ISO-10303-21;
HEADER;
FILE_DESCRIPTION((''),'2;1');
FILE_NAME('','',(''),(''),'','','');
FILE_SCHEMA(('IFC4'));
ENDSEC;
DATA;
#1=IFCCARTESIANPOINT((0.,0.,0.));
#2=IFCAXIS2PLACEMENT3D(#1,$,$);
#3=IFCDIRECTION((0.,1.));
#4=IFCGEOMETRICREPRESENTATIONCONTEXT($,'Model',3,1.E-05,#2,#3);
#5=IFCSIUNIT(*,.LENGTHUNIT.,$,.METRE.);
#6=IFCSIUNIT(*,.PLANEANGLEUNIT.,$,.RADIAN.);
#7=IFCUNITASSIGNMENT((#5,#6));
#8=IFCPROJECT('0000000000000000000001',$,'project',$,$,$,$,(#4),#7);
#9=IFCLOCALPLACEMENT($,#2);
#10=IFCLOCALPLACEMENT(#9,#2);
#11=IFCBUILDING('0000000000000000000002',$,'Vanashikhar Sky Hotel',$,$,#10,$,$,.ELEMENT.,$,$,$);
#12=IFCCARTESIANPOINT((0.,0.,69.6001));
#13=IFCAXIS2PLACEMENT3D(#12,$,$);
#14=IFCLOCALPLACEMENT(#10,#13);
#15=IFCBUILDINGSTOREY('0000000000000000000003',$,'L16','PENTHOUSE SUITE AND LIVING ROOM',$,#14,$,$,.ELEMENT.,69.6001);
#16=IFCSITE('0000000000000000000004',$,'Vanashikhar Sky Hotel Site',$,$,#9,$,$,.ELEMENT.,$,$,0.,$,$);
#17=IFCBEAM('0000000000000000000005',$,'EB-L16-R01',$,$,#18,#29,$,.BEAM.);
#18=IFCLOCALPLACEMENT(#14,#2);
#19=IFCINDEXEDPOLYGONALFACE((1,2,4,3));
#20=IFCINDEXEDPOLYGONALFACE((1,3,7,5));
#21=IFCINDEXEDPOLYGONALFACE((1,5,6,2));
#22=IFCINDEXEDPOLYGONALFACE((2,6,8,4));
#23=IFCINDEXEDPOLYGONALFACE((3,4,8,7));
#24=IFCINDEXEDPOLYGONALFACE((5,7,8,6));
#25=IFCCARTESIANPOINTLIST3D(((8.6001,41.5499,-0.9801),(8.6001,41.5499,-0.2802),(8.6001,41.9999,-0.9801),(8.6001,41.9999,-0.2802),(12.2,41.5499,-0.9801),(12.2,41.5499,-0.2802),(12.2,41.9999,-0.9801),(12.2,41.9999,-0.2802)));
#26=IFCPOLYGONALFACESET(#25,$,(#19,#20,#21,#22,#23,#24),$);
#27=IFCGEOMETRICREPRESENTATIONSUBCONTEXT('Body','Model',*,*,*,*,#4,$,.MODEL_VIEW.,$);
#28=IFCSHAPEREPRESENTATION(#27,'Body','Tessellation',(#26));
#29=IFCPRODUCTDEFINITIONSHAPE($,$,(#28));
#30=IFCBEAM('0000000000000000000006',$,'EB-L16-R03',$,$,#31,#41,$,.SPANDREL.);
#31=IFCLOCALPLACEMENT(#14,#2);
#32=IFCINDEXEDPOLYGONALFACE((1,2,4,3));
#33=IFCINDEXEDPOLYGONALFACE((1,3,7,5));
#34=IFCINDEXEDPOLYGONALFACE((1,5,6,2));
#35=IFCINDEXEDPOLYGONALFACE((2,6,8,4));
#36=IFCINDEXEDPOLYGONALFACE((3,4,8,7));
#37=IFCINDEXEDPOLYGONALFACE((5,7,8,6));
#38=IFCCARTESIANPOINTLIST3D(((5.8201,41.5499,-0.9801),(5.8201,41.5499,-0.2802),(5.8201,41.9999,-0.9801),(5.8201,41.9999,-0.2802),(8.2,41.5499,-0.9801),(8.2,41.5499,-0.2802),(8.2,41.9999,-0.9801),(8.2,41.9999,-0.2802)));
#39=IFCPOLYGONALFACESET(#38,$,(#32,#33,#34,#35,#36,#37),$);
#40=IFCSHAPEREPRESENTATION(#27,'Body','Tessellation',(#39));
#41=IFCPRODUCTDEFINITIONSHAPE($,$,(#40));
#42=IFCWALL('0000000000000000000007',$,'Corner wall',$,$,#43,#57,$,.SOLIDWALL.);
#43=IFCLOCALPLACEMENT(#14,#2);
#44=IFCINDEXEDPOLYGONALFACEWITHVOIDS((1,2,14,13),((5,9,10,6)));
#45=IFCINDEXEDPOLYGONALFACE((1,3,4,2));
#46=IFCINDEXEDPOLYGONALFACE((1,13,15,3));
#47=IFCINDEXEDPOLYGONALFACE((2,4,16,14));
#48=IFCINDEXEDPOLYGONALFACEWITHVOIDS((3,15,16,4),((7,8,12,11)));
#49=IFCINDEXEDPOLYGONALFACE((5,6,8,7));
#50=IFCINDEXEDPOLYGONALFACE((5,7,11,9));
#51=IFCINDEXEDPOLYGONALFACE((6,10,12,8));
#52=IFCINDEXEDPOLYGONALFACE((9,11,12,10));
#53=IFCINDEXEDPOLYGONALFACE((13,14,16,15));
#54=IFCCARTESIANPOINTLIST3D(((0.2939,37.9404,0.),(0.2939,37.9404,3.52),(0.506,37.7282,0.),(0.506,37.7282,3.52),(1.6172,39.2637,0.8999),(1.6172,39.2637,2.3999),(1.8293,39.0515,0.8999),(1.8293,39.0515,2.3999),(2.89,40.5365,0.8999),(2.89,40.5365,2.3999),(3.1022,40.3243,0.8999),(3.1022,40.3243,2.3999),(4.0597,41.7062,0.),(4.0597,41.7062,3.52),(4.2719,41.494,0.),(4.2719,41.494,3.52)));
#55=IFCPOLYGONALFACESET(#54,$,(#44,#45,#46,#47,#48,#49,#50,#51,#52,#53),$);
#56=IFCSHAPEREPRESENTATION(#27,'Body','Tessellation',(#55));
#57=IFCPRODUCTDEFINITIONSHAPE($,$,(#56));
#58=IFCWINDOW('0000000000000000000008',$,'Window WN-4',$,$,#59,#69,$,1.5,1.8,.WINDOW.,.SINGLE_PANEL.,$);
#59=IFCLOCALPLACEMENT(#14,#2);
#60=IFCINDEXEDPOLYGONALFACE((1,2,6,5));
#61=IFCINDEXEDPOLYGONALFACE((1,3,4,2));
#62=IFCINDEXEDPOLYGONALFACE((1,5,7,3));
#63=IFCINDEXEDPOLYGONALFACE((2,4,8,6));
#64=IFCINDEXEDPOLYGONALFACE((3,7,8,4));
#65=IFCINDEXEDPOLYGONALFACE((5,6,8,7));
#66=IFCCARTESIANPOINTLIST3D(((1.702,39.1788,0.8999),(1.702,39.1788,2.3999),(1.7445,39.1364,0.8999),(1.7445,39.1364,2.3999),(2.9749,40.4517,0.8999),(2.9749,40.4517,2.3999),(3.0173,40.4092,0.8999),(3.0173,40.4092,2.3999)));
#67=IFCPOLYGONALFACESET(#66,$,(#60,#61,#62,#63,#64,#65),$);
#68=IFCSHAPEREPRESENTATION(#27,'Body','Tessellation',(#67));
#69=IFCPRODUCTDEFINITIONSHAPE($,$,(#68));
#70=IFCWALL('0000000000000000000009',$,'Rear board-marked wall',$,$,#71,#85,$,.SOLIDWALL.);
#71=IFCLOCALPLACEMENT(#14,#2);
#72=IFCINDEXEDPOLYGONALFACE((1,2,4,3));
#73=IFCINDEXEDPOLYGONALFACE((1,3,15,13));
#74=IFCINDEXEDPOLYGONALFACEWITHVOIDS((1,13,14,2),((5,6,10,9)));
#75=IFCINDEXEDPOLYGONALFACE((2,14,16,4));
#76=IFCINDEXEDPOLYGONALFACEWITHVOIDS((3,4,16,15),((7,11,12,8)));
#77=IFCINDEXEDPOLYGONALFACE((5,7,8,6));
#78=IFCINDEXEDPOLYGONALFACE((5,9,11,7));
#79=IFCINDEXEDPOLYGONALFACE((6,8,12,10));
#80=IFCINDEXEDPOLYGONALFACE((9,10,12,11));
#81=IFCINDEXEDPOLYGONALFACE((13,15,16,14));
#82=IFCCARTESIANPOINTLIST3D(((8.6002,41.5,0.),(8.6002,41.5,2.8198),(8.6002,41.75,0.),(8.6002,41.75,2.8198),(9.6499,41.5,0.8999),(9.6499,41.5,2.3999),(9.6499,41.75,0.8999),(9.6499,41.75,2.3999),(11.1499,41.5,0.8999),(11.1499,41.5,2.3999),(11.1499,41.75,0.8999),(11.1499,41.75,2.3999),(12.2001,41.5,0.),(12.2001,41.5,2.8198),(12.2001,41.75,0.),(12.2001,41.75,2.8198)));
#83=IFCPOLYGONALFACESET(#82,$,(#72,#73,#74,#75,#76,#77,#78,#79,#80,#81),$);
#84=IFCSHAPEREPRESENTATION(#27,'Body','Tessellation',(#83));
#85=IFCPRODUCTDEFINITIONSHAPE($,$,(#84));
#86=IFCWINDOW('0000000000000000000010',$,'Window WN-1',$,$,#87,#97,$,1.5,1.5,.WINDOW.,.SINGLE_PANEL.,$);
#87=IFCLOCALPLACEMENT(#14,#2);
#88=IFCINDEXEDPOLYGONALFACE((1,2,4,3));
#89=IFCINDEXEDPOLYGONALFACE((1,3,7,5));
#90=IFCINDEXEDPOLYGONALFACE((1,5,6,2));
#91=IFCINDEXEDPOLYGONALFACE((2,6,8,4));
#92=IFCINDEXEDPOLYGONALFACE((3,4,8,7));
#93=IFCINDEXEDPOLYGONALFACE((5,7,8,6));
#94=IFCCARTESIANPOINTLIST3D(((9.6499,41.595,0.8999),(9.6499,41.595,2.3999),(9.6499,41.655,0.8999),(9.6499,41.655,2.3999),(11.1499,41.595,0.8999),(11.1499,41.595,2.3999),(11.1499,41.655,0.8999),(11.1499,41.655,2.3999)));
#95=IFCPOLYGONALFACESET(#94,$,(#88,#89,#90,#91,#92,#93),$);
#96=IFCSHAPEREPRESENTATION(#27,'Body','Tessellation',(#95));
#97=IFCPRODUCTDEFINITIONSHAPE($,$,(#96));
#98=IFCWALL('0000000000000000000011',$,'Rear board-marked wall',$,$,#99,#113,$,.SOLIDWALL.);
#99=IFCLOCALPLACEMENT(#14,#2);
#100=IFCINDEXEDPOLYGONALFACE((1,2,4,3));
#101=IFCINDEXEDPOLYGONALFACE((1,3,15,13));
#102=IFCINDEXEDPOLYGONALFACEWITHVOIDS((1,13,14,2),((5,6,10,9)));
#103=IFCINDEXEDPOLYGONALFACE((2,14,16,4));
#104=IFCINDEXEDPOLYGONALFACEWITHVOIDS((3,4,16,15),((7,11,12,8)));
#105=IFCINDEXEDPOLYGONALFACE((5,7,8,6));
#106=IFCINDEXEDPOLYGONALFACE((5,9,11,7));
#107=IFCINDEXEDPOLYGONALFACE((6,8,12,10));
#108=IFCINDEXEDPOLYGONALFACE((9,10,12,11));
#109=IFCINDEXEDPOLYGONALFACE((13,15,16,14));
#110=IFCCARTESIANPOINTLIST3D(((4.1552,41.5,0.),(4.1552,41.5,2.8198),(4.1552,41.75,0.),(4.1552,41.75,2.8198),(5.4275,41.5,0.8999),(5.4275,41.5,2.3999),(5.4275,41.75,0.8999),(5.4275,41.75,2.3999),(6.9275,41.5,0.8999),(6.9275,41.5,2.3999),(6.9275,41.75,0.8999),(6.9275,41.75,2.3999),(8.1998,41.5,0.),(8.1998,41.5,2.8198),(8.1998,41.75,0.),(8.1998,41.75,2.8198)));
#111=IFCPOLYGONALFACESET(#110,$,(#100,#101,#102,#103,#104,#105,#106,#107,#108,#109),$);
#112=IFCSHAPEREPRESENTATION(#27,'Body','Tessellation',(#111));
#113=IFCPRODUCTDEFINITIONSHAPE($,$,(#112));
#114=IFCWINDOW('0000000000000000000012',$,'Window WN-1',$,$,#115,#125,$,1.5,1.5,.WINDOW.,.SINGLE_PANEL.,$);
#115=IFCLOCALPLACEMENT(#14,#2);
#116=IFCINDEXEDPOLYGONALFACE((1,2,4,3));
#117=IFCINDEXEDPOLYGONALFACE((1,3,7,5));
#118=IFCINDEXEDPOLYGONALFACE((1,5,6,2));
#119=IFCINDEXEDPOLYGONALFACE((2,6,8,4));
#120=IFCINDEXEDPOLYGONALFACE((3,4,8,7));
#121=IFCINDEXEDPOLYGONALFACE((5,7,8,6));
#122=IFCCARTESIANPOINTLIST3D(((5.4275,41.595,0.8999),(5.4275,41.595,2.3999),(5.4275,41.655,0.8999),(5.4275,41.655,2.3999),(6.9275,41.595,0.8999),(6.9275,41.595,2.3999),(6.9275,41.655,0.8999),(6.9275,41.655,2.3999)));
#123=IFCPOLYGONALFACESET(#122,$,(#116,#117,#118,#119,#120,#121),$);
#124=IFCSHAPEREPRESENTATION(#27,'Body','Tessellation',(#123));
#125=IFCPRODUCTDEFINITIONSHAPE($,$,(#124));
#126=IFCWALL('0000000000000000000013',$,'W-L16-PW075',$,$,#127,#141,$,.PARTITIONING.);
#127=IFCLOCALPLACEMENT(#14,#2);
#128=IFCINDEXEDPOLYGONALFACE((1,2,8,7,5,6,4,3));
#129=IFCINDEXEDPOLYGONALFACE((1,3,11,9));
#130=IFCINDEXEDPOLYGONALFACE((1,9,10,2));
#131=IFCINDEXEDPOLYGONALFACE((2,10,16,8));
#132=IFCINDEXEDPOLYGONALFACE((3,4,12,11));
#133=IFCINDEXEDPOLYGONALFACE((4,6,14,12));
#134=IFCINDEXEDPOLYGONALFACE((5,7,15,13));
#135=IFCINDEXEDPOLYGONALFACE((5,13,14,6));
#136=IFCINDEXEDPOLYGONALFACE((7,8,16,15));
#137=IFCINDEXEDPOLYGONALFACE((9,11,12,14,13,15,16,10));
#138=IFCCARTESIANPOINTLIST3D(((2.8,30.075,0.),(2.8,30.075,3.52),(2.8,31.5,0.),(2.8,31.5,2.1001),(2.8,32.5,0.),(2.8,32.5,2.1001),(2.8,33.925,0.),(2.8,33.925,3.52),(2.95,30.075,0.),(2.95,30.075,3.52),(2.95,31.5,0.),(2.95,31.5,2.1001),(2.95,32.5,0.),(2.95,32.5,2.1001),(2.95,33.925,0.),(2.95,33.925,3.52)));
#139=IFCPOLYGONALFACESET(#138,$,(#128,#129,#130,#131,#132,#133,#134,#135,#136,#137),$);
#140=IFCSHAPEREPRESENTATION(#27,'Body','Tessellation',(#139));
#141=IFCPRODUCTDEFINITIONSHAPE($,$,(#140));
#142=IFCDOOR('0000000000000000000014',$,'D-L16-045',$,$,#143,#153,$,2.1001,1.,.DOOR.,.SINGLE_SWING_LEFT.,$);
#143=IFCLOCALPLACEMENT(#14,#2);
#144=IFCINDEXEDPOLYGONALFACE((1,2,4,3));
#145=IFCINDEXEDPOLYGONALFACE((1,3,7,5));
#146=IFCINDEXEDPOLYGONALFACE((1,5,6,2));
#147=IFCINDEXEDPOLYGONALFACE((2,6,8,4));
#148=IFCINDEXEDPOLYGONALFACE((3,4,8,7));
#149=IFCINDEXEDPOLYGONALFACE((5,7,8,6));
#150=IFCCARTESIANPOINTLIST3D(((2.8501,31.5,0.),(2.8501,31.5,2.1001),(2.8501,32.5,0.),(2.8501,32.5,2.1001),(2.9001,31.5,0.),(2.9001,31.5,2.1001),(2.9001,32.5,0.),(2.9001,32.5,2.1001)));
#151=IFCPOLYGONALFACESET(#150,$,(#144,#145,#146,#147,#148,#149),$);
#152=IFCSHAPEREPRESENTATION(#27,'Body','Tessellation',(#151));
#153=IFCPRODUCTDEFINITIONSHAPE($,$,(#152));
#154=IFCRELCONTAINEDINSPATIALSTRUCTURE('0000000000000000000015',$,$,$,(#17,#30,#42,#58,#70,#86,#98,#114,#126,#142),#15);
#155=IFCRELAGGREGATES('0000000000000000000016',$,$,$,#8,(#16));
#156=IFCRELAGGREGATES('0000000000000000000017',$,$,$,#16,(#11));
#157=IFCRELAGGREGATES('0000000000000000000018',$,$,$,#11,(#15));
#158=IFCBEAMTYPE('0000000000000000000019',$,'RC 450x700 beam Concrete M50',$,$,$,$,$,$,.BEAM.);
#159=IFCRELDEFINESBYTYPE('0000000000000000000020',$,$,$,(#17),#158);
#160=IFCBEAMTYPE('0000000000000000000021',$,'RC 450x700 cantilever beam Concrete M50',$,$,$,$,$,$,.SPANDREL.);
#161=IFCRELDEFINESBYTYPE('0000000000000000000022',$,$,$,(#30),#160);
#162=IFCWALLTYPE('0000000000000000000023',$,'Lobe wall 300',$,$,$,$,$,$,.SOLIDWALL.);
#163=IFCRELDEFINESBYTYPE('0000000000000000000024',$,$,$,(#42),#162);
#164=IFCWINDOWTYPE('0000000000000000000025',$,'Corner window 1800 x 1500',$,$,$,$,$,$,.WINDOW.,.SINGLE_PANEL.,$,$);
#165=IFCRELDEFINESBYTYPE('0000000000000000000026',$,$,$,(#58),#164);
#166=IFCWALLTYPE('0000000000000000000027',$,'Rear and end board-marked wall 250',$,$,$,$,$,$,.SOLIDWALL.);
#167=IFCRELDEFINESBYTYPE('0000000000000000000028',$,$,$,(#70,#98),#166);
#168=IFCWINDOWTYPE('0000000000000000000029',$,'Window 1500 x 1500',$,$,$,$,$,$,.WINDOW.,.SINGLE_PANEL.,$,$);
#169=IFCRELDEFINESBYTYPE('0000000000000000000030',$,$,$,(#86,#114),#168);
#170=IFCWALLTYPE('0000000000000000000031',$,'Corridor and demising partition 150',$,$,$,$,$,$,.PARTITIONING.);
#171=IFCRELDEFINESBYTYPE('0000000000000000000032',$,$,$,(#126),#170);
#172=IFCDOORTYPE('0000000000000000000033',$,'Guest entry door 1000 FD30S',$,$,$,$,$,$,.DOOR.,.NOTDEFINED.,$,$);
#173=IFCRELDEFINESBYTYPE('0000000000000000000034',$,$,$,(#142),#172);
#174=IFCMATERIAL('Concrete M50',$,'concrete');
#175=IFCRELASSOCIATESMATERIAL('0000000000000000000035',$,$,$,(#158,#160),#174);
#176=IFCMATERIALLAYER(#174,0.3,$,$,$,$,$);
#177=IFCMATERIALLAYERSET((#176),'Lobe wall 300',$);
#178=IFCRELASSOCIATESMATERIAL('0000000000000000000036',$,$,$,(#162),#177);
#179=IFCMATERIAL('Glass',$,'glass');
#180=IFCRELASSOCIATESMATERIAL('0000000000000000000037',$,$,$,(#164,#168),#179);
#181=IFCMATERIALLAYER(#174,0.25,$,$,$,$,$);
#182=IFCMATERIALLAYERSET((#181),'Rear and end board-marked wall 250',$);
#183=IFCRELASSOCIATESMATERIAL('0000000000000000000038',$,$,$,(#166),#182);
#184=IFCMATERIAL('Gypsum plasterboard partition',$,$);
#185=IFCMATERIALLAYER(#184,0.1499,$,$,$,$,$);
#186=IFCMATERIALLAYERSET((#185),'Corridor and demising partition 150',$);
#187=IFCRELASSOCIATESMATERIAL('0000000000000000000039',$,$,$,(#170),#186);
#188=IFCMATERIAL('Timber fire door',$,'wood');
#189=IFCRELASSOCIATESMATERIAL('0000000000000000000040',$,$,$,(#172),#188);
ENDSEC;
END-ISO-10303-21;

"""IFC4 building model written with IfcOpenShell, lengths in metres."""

from ifc_helpers import new_model, si_unit, direction, frame, frame_2d, origin, origin_2d, place, context, subcontext, project, spatial, rectangle, extrude, source, transform, mapped, material, layer, layer_set, material_profile, profile_set, type_object, element, fill, save


model = new_model("IFC4")

# Units and contexts
model_context = context("Model", 3, precision=1e-05, world=origin(), true_north=direction((0.0, 1.0)))
body_context = subcontext(model_context, "Body", "Model", "MODEL_VIEW")
ifc_project = project(units=[si_unit("LENGTHUNIT", "METRE"), si_unit("PLANEANGLEUNIT", "RADIAN")], contexts=[model_context])

# Site, building, storey
site_placement = place(None, origin())
site = spatial("IfcSite", under=ifc_project, at=site_placement, Name="Vanashikhar Sky Hotel Site", CompositionType="ELEMENT", RefElevation=0.0)
building_placement = place(site_placement, origin())
building = spatial("IfcBuilding", under=site, at=building_placement, Name="Vanashikhar Sky Hotel", CompositionType="ELEMENT")
storey_placement = place(building_placement, frame((0.0, 0.0, 69.6001)))
storey = spatial("IfcBuildingStorey", under=building, at=storey_placement, Name="L16", Description="PENTHOUSE SUITE AND LIVING ROOM", CompositionType="ELEMENT", Elevation=69.6001)

# Beams
ifc_material_1 = material(Name="Concrete M50", Category="concrete")
ifc_material_profile_1 = material_profile(ifc_material_1, rectangle(XDim=0.45, YDim=0.7, at=origin_2d()))
ifc_profile_set_1 = profile_set([ifc_material_profile_1], Name="RC 450x700 beam Concrete M50")
beam_type_1 = type_object("IfcBeamType", Name="RC 450x700 beam Concrete M50", PredefinedType="BEAM", material=ifc_profile_set_1)
shared_shape_1 = source(origin(), body_context, "Body", "SweptSolid", [
    extrude(rectangle(XDim=0.45, YDim=0.7, at=origin_2d()), origin(), (0.0, 0.0, 1.0), 3.5999),
])
beam_1_placement = place(storey_placement, frame((8.6001, 41.7749, -0.6301), z_axis=(1.0, 0.0, 0.0), x_axis=(0.0, 1.0, 0.0)))
element("IfcBeam", 1, at=beam_1_placement, inside=storey, type_object=beam_type_1, Name="EB-L16-R01", PredefinedType="BEAM", context=body_context, shape_type="MappedRepresentation", body=[
    mapped(shared_shape_1, transform((0.0, 0.0, 0.0), scale=1.0)),
])
ifc_material_profile_2 = material_profile(ifc_material_1, rectangle(XDim=0.45, YDim=0.7, at=origin_2d()))
ifc_profile_set_2 = profile_set([ifc_material_profile_2], Name="RC 450x700 cantilever beam Concrete M50")
beam_type_2 = type_object("IfcBeamType", Name="RC 450x700 cantilever beam Concrete M50", PredefinedType="SPANDREL", material=ifc_profile_set_2)
shared_shape_2 = source(origin(), body_context, "Body", "SweptSolid", [
    extrude(rectangle(XDim=0.45, YDim=0.7, at=origin_2d()), origin(), (0.0, 0.0, 1.0), 2.3799),
])
beam_2_placement = place(storey_placement, frame((5.8201, 41.7749, -0.6301), z_axis=(1.0, 0.0, 0.0), x_axis=(0.0, 1.0, 0.0)))
element("IfcBeam", 2, at=beam_2_placement, inside=storey, type_object=beam_type_2, Name="EB-L16-R03", PredefinedType="SPANDREL", context=body_context, shape_type="MappedRepresentation", body=[
    mapped(shared_shape_2, transform((0.0, 0.0, 0.0), scale=1.0)),
])

# Walls, openings, windows
ifc_layer_1 = layer(ifc_material_1, 0.3)
ifc_layer_set_1 = layer_set([ifc_layer_1], Name="Lobe wall 300")
wall_type_1 = type_object("IfcWallType", Name="Lobe wall 300", PredefinedType="SOLIDWALL", material=ifc_layer_set_1)
shared_shape_3 = source(origin(), body_context, "Body", "SweptSolid", [
    extrude(rectangle(XDim=5.3257, YDim=0.3, at=frame_2d((2.6628, 0.0))), origin(), (0.0, 0.0, 1.0), 3.52),
])
wall_1_placement = place(storey_placement, frame((4.1658, 41.6001, 0.0), z_axis=(0.0, 0.0, 1.0), x_axis=(-0.707107, -0.707107, 0.0)))
wall_1 = element("IfcWall", 3, at=wall_1_placement, inside=storey, type_object=wall_type_1, Name="Corner wall", PredefinedType="SOLIDWALL", context=body_context, shape_type="MappedRepresentation", body=[
    mapped(shared_shape_3, transform((0.0, 0.0, 0.0), scale=1.0)),
])
shared_shape_4 = source(origin(), body_context, "Body", "SweptSolid", [
    extrude(rectangle(XDim=1.8, YDim=1.5, at=frame_2d((0.8999, 0.75))), frame((0.0, 0.1602, 0.0), z_axis=(0.0, -1.0, 0.0), x_axis=(1.0, 0.0, 0.0)), (0.0, 0.0, 1.0), 0.3201),
])
opening_1_placement = place(wall_1_placement, frame((1.6543, 0.0, 0.8999)))
opening_1 = element("IfcOpeningElement", 4, at=opening_1_placement, cuts=wall_1, PredefinedType="OPENING", context=body_context, shape_type="MappedRepresentation", body=[
    mapped(shared_shape_4, transform((0.0, 0.0, 0.0), scale=1.0)),
])
ifc_material_2 = material(Name="Glass", Category="glass")
window_type_1 = type_object("IfcWindowType", Name="Corner window 1800 x 1500", PartitioningType="SINGLE_PANEL", PredefinedType="WINDOW", material=ifc_material_2)
shared_shape_5 = source(origin(), body_context, "Body", "SweptSolid", [
    extrude(rectangle(XDim=1.8, YDim=1.5, at=frame_2d((0.8999, 0.75))), frame((0.0, 0.03, 0.0), z_axis=(0.0, -1.0, 0.0), x_axis=(1.0, 0.0, 0.0)), (0.0, 0.0, 1.0), 0.0601),
])
window_1_placement = place(opening_1_placement, origin())
window_1 = element("IfcWindow", 5, at=window_1_placement, inside=storey, type_object=window_type_1, Name="Window WN-4", OverallHeight=1.5, OverallWidth=1.8, PartitioningType="SINGLE_PANEL", PredefinedType="WINDOW", context=body_context, shape_type="MappedRepresentation", body=[
    mapped(shared_shape_5, transform((0.0, 0.0, 0.0), scale=1.0)),
])
fill(opening_1, window_1)
ifc_layer_2 = layer(ifc_material_1, 0.25)
ifc_layer_set_2 = layer_set([ifc_layer_2], Name="Rear and end board-marked wall 250")
wall_type_2 = type_object("IfcWallType", Name="Rear and end board-marked wall 250", PredefinedType="SOLIDWALL", material=ifc_layer_set_2)
shared_shape_6 = source(origin(), body_context, "Body", "SweptSolid", [
    extrude(rectangle(XDim=3.5999, YDim=0.25, at=frame_2d((1.7998, 0.0))), origin(), (0.0, 0.0, 1.0), 2.8198),
])
wall_2_placement = place(storey_placement, frame((12.2, 41.625, 0.0), z_axis=(0.0, 0.0, 1.0), x_axis=(-1.0, 0.0, 0.0)))
wall_2 = element("IfcWall", 6, at=wall_2_placement, inside=storey, type_object=wall_type_2, Name="Rear board-marked wall", PredefinedType="SOLIDWALL", context=body_context, shape_type="MappedRepresentation", body=[
    mapped(shared_shape_6, transform((0.0, 0.0, 0.0), scale=1.0)),
])
shared_shape_7 = source(origin(), body_context, "Body", "SweptSolid", [
    extrude(rectangle(XDim=1.5, YDim=1.5, at=frame_2d((0.75, 0.75))), frame((0.0, 0.135, 0.0), z_axis=(0.0, -1.0, 0.0), x_axis=(1.0, 0.0, 0.0)), (0.0, 0.0, 1.0), 0.27),
])
opening_2_placement = place(wall_2_placement, frame((1.05, 0.0, 0.8999)))
opening_2 = element("IfcOpeningElement", 7, at=opening_2_placement, cuts=wall_2, PredefinedType="OPENING", context=body_context, shape_type="MappedRepresentation", body=[
    mapped(shared_shape_7, transform((0.0, 0.0, 0.0), scale=1.0)),
])
window_type_2 = type_object("IfcWindowType", Name="Window 1500 x 1500", PartitioningType="SINGLE_PANEL", PredefinedType="WINDOW", material=ifc_material_2)
shared_shape_8 = source(origin(), body_context, "Body", "SweptSolid", [
    extrude(rectangle(XDim=1.5, YDim=1.5, at=frame_2d((0.75, 0.75))), frame((0.0, 0.03, 0.0), z_axis=(0.0, -1.0, 0.0), x_axis=(1.0, 0.0, 0.0)), (0.0, 0.0, 1.0), 0.0601),
])
window_2_placement = place(opening_2_placement, origin())
window_2 = element("IfcWindow", 8, at=window_2_placement, inside=storey, type_object=window_type_2, Name="Window WN-1", OverallHeight=1.5, OverallWidth=1.5, PartitioningType="SINGLE_PANEL", PredefinedType="WINDOW", context=body_context, shape_type="MappedRepresentation", body=[
    mapped(shared_shape_8, transform((0.0, 0.0, 0.0), scale=1.0)),
])
fill(opening_2, window_2)
shared_shape_9 = source(origin(), body_context, "Body", "SweptSolid", [
    extrude(rectangle(XDim=4.0447, YDim=0.25, at=frame_2d((2.0225, 0.0))), origin(), (0.0, 0.0, 1.0), 2.8198),
])
wall_3_placement = place(storey_placement, frame((8.2, 41.625, 0.0), z_axis=(0.0, 0.0, 1.0), x_axis=(-1.0, 0.0, 0.0)))
wall_3 = element("IfcWall", 9, at=wall_3_placement, inside=storey, type_object=wall_type_2, Name="Rear board-marked wall", PredefinedType="SOLIDWALL", context=body_context, shape_type="MappedRepresentation", body=[
    mapped(shared_shape_9, transform((0.0, 0.0, 0.0), scale=1.0)),
])
opening_3_placement = place(wall_3_placement, frame((1.2725, 0.0, 0.8999)))
opening_3 = element("IfcOpeningElement", 10, at=opening_3_placement, cuts=wall_3, PredefinedType="OPENING", context=body_context, shape_type="MappedRepresentation", body=[
    mapped(shared_shape_7, transform((0.0, 0.0, 0.0), scale=1.0)),
])
window_3_placement = place(opening_3_placement, origin())
window_3 = element("IfcWindow", 11, at=window_3_placement, inside=storey, type_object=window_type_2, Name="Window WN-1", OverallHeight=1.5, OverallWidth=1.5, PartitioningType="SINGLE_PANEL", PredefinedType="WINDOW", context=body_context, shape_type="MappedRepresentation", body=[
    mapped(shared_shape_8, transform((0.0, 0.0, 0.0), scale=1.0)),
])
fill(opening_3, window_3)

# Wall, opening, door
ifc_material_3 = material(Name="Gypsum plasterboard partition")
ifc_layer_3 = layer(ifc_material_3, 0.1499)
ifc_layer_set_3 = layer_set([ifc_layer_3], Name="Corridor and demising partition 150")
wall_type_3 = type_object("IfcWallType", Name="Corridor and demising partition 150", PredefinedType="PARTITIONING", material=ifc_layer_set_3)
shared_shape_10 = source(origin(), body_context, "Body", "SweptSolid", [
    extrude(rectangle(XDim=3.8501, YDim=0.1499, at=frame_2d((1.925, 0.0))), origin(), (0.0, 0.0, 1.0), 3.52),
])
wall_4_placement = place(storey_placement, frame((2.875, 30.075, 0.0), z_axis=(0.0, 0.0, 1.0), x_axis=(0.0, 1.0, 0.0)))
wall_4 = element("IfcWall", 12, at=wall_4_placement, inside=storey, type_object=wall_type_3, Name="W-L16-PW075", PredefinedType="PARTITIONING", context=body_context, shape_type="MappedRepresentation", body=[
    mapped(shared_shape_10, transform((0.0, 0.0, 0.0), scale=1.0)),
])
shared_shape_11 = source(origin(), body_context, "Body", "SweptSolid", [
    extrude(rectangle(XDim=1.0, YDim=2.1001, at=frame_2d((0.5, 1.05))), frame((0.0, 0.085, 0.0), z_axis=(0.0, -1.0, 0.0), x_axis=(1.0, 0.0, 0.0)), (0.0, 0.0, 1.0), 0.1699),
])
opening_4_placement = place(wall_4_placement, frame((1.425, 0.0, 0.0)))
opening_4 = element("IfcOpeningElement", 13, at=opening_4_placement, cuts=wall_4, PredefinedType="OPENING", context=body_context, shape_type="MappedRepresentation", body=[
    mapped(shared_shape_11, transform((0.0, 0.0, 0.0), scale=1.0)),
])
ifc_material_4 = material(Name="Timber fire door", Category="wood")
door_type_1 = type_object("IfcDoorType", Name="Guest entry door 1000 FD30S", OperationType="NOTDEFINED", PredefinedType="DOOR", material=ifc_material_4)
shared_shape_12 = source(origin(), body_context, "Body", "SweptSolid", [
    extrude(rectangle(XDim=1.0, YDim=2.1001, at=frame_2d((0.5, 1.05))), frame((0.0, 0.0249, 0.0), z_axis=(0.0, -1.0, 0.0), x_axis=(1.0, 0.0, 0.0)), (0.0, 0.0, 1.0), 0.05),
])
door_1_placement = place(opening_4_placement, origin())
door_1 = element("IfcDoor", 14, at=door_1_placement, inside=storey, type_object=door_type_1, Name="D-L16-045", OperationType="SINGLE_SWING_LEFT", OverallHeight=2.1001, OverallWidth=1.0, PredefinedType="DOOR", context=body_context, shape_type="MappedRepresentation", body=[
    mapped(shared_shape_12, transform((0.0, 0.0, 0.0), scale=1.0)),
])
fill(opening_4, door_1)

save(model, "model.ifc")
